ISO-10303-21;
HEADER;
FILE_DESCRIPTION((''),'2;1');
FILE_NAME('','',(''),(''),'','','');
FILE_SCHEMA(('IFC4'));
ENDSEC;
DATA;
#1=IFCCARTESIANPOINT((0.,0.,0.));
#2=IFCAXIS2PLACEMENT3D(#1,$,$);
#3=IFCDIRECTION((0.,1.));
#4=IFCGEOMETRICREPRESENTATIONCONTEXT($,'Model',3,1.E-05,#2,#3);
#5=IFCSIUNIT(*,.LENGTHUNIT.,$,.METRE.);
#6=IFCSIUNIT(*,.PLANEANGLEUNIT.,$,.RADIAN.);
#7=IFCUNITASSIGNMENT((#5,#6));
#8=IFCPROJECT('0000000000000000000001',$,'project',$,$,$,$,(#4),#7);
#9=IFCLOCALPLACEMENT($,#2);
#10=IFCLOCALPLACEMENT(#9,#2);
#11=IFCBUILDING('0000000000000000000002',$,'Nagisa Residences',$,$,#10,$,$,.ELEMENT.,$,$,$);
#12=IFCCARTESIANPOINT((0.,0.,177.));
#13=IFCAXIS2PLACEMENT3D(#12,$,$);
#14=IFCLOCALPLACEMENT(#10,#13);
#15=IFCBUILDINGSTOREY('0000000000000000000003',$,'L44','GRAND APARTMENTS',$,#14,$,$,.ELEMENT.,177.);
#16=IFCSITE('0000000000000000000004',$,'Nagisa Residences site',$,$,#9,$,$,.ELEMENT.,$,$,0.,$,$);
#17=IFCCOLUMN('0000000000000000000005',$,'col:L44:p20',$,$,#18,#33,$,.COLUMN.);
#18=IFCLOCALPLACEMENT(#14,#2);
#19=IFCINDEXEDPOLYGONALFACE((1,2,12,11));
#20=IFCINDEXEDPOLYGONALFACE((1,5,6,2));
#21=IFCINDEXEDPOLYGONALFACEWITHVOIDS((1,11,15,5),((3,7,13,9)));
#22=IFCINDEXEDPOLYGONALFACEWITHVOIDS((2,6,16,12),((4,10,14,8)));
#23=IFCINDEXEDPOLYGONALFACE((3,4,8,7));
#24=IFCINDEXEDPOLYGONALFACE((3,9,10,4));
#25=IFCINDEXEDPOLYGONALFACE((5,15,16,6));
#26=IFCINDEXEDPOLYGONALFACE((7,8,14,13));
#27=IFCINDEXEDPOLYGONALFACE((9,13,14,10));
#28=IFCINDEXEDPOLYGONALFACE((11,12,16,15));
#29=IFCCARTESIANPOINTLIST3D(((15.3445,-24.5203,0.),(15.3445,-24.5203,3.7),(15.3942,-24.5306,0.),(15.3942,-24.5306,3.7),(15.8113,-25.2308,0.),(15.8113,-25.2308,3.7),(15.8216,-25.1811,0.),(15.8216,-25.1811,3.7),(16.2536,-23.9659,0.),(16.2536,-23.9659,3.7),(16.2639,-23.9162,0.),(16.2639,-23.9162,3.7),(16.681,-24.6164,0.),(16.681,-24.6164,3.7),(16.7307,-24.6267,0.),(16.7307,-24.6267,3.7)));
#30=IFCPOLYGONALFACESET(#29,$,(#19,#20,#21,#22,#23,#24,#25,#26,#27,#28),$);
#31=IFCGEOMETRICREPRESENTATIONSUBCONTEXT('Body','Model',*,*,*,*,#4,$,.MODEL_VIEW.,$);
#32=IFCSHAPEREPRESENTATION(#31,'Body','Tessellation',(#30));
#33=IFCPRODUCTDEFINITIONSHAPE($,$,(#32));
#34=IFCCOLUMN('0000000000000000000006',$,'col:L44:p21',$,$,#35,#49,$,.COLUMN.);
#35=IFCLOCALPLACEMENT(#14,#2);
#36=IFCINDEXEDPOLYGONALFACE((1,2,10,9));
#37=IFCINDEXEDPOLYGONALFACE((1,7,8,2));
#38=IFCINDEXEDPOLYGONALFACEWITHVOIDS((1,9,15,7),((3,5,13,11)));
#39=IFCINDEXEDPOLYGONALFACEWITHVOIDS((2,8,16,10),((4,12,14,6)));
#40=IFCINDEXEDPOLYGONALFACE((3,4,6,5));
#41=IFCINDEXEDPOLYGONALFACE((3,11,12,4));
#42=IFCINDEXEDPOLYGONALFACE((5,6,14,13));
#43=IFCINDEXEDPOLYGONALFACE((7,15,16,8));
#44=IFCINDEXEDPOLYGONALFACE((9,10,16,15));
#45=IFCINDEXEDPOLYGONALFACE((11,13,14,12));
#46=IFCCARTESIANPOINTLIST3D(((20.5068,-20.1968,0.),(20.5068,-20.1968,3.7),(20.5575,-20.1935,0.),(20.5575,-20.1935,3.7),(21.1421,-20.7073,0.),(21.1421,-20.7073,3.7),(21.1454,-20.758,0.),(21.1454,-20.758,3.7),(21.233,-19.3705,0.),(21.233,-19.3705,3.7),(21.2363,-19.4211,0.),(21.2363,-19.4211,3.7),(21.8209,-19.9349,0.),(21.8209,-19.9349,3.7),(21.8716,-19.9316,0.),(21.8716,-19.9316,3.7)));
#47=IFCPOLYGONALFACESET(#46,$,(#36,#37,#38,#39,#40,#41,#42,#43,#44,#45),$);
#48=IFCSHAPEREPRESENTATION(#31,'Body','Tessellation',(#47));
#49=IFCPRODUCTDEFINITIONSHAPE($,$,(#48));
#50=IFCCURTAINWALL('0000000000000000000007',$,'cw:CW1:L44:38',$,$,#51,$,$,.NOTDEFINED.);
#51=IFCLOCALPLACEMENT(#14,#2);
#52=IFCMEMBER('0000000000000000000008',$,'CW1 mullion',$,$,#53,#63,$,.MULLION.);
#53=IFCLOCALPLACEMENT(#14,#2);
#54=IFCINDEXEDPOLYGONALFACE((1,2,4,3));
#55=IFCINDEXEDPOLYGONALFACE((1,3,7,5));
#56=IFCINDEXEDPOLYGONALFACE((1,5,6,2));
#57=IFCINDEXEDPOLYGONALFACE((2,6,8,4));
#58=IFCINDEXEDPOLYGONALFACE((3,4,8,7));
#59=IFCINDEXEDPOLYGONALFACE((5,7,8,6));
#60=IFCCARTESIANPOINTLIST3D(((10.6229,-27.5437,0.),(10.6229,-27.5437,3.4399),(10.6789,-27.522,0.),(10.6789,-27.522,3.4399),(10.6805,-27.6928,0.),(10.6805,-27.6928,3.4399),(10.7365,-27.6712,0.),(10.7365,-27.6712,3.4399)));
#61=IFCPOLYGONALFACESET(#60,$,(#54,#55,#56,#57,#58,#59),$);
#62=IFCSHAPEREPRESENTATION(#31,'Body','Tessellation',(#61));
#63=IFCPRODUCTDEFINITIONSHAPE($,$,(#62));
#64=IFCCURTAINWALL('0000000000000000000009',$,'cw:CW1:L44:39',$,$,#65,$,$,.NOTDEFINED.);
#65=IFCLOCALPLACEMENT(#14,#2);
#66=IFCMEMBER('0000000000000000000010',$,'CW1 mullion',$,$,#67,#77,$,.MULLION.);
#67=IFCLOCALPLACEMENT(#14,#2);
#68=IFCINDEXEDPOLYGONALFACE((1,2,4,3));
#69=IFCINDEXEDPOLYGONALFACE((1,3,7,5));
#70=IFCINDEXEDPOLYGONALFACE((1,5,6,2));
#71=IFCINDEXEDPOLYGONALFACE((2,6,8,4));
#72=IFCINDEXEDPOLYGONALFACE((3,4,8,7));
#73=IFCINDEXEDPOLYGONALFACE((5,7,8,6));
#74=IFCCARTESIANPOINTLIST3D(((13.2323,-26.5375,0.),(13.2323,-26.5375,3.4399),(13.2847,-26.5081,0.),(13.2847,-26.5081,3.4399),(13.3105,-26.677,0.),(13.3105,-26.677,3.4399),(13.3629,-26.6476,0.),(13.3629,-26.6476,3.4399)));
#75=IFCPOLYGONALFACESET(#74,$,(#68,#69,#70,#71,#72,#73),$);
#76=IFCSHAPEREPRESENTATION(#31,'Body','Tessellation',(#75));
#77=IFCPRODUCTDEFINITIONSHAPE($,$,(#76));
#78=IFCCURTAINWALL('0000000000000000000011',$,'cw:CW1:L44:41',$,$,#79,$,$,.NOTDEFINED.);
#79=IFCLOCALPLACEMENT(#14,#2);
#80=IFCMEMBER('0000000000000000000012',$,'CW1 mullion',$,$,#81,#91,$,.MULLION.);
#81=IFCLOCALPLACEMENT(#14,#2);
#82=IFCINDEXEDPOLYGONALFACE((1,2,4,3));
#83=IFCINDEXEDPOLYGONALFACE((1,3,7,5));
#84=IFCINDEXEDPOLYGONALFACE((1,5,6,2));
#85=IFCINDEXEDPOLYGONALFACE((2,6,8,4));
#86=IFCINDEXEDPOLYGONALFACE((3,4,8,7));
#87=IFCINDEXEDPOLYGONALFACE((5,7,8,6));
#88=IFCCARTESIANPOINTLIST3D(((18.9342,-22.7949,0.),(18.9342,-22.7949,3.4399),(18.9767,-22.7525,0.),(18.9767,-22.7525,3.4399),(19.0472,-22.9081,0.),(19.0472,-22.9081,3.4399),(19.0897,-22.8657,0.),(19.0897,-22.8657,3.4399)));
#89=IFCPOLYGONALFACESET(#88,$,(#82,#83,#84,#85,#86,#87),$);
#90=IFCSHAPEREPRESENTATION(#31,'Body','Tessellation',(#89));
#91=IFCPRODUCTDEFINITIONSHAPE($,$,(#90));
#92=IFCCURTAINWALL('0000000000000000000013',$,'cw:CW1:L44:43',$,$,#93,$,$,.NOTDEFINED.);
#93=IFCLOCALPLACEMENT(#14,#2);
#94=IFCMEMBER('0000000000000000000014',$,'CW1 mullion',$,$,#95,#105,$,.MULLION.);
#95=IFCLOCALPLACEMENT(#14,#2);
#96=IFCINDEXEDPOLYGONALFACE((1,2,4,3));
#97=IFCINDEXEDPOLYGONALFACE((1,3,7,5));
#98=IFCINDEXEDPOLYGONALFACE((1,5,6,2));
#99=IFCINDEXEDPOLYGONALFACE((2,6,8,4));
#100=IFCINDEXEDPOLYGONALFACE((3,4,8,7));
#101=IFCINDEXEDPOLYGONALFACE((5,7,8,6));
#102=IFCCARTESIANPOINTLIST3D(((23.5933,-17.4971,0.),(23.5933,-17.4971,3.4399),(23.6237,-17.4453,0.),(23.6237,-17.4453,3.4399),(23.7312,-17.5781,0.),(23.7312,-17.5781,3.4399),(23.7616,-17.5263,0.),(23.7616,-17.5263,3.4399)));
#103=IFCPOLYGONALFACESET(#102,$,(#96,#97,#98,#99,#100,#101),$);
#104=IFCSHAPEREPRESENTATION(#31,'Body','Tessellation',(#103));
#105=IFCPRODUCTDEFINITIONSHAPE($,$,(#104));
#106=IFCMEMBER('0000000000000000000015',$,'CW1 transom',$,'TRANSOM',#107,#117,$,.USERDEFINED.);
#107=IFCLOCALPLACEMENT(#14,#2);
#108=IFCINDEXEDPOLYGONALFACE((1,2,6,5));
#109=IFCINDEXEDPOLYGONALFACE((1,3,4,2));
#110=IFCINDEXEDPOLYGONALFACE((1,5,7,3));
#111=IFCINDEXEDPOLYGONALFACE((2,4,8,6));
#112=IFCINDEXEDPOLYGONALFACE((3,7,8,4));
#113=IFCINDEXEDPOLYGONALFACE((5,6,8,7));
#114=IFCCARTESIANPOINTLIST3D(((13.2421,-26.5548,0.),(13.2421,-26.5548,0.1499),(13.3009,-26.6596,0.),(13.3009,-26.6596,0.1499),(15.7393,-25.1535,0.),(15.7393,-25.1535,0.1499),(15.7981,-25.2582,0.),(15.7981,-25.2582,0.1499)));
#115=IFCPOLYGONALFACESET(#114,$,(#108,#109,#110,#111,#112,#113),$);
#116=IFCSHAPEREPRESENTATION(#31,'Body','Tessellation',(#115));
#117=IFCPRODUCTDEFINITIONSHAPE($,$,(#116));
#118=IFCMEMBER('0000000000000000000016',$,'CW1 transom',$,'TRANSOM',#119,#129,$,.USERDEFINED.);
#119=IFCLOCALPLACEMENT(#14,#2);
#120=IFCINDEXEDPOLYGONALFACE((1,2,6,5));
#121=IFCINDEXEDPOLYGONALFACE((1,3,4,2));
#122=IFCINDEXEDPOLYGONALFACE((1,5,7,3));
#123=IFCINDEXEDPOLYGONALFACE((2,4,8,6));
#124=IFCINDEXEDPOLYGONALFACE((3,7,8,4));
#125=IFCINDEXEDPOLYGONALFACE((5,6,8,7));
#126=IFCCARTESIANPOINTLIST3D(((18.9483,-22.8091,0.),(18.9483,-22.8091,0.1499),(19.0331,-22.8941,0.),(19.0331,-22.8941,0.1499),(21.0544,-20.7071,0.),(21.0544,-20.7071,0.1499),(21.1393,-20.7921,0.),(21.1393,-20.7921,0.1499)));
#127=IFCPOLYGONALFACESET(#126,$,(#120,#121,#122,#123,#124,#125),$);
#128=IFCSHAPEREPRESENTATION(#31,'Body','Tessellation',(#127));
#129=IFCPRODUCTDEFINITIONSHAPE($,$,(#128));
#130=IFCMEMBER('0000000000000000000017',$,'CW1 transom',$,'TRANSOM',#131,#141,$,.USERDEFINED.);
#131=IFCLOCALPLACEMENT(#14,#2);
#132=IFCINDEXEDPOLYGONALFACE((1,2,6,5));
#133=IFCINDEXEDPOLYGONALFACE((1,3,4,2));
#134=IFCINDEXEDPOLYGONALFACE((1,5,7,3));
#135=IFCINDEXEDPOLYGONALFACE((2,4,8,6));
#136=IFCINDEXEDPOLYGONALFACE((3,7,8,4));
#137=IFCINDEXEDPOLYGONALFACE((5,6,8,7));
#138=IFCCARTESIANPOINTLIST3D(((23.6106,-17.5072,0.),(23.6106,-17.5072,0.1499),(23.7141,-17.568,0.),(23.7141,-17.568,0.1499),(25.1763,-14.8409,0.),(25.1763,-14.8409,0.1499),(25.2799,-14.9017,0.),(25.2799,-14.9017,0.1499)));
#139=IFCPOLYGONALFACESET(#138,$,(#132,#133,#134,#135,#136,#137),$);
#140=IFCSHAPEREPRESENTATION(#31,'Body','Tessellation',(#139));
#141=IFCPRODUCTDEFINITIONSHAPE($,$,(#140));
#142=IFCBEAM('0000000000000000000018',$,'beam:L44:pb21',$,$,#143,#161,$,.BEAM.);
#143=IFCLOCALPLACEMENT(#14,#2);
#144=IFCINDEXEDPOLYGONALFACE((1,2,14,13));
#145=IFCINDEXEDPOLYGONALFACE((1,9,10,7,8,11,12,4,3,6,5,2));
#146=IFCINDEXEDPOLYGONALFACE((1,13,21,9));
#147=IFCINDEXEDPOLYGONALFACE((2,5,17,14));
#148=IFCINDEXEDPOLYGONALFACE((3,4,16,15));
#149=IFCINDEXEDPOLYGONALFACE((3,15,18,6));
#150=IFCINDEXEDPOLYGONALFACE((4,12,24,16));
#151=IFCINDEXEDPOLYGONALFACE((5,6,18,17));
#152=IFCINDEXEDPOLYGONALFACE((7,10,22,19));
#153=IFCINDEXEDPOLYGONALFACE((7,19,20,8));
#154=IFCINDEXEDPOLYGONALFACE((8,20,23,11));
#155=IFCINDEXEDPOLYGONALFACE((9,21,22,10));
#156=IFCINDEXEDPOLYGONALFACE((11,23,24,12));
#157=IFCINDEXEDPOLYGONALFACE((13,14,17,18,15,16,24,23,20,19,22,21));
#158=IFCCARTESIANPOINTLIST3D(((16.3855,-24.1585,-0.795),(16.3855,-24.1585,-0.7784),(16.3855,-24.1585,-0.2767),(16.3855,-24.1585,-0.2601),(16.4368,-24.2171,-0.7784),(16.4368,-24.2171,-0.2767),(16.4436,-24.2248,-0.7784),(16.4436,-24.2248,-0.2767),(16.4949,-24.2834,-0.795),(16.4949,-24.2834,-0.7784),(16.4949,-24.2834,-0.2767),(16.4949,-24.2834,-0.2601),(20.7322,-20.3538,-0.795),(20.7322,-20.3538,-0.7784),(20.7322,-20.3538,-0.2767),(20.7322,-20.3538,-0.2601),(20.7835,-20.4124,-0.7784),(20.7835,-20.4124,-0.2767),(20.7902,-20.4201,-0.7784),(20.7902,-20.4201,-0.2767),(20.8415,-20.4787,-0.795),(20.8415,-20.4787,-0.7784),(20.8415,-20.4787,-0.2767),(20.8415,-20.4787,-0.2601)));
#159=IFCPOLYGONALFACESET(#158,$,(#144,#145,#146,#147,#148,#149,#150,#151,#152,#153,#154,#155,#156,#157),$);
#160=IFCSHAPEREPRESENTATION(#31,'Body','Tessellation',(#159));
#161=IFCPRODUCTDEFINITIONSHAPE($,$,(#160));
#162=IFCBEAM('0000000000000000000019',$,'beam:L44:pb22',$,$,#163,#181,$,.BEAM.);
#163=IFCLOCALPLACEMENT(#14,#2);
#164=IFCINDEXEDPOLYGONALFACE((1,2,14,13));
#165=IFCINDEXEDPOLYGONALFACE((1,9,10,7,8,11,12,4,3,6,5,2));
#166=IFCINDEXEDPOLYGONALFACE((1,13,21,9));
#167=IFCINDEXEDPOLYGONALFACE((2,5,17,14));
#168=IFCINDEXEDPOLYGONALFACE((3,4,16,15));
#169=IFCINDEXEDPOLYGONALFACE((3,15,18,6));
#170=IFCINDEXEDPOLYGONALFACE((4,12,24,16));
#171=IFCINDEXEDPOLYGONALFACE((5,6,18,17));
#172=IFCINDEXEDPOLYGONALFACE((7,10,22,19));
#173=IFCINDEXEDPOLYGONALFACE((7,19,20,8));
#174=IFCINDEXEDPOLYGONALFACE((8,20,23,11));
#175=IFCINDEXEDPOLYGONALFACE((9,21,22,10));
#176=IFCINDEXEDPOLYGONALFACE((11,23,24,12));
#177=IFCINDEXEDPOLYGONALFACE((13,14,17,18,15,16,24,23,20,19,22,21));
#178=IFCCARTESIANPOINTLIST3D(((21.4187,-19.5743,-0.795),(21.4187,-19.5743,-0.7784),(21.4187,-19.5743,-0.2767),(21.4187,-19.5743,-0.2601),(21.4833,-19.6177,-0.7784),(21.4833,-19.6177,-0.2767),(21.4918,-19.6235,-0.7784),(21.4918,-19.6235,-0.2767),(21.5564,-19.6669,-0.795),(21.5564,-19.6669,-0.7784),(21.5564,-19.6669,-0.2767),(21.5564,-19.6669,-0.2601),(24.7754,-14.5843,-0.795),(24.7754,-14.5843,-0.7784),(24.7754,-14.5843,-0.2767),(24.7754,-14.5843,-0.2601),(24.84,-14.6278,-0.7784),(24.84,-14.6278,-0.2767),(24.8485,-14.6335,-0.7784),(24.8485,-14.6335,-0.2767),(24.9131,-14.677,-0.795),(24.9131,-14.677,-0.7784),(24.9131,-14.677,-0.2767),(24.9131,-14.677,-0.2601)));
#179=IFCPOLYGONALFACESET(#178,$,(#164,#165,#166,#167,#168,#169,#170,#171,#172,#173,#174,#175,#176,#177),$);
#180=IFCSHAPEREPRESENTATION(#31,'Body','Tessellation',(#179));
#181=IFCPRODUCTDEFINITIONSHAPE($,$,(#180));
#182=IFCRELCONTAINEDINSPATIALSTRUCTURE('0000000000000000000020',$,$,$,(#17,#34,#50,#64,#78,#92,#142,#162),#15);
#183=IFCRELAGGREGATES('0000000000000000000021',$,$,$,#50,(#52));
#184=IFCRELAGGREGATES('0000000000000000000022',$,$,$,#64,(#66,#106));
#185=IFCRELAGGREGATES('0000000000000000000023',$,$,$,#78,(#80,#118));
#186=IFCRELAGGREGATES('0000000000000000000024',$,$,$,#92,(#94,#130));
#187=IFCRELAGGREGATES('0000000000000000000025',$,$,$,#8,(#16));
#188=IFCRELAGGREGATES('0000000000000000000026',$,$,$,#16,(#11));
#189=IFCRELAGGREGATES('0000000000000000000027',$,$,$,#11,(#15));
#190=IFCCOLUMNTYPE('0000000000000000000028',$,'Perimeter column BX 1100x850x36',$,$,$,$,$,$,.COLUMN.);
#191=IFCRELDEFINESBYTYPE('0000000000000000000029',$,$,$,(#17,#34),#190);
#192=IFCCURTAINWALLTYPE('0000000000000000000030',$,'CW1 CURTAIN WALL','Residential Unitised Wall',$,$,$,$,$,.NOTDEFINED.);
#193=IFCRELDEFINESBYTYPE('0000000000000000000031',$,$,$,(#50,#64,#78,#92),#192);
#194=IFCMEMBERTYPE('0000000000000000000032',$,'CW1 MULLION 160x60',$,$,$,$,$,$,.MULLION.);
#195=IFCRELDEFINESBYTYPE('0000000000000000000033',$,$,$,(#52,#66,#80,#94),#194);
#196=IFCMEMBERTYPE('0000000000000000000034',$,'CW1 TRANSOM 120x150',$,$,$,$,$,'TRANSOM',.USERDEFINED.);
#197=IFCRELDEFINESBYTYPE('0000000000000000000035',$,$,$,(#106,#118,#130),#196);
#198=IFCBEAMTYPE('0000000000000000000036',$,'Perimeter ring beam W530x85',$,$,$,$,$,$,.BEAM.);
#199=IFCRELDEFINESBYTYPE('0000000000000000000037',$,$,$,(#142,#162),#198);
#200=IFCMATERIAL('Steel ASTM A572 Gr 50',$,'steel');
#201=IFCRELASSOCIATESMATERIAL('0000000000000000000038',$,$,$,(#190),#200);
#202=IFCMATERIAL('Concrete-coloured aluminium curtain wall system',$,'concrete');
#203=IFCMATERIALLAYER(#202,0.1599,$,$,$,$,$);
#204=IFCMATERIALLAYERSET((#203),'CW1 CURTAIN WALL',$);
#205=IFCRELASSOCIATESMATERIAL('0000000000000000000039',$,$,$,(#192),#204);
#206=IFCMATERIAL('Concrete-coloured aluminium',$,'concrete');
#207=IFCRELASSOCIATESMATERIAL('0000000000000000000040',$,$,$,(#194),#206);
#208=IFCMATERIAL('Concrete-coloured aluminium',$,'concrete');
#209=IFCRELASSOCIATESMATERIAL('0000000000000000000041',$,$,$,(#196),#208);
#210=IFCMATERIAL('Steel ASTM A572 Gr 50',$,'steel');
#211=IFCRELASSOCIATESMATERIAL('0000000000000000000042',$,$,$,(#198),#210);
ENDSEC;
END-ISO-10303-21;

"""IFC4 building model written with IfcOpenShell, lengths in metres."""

from ifc_helpers import new_model, si_unit, direction, frame, origin, origin_2d, place, context, subcontext, project, spatial, rectangle, hollow_rectangle, i_section, extrude, material, layer, layer_set, material_profile, profile_set, type_object, element, aggregate, save


model = new_model("IFC4")

# Units and contexts
model_context = context("Model", 3, precision=1e-05, world=origin(), true_north=direction((0.0, 1.0)))
body_context = subcontext(model_context, "Body", "Model", "MODEL_VIEW")
ifc_project = project(units=[si_unit("LENGTHUNIT", "METRE"), si_unit("PLANEANGLEUNIT", "RADIAN")], contexts=[model_context])

# Site, building, storey
site_placement = place(None, origin())
site = spatial("IfcSite", under=ifc_project, at=site_placement, Name="Nagisa Residences site", CompositionType="ELEMENT", RefElevation=0.0)
building_placement = place(site_placement, origin())
building = spatial("IfcBuilding", under=site, at=building_placement, Name="Nagisa Residences", CompositionType="ELEMENT")
storey_placement = place(building_placement, frame((0.0, 0.0, 177.0)))
storey = spatial("IfcBuildingStorey", under=building, at=storey_placement, Name="L44", Description="GRAND APARTMENTS", CompositionType="ELEMENT", Elevation=177.0)

# Columns
ifc_material_1 = material(Name="Steel ASTM A572 Gr 50", Category="steel")
ifc_material_profile_1 = material_profile(ifc_material_1, hollow_rectangle(XDim=1.1001, YDim=0.8501, WallThickness=0.0359, at=origin_2d()), Name="BX 1100x850x36")
ifc_profile_set_1 = profile_set([ifc_material_profile_1], Name="Steel ASTM A572 Gr 50")
column_type = type_object("IfcColumnType", Name="Perimeter column BX 1100x850x36", PredefinedType="COLUMN", material=ifc_profile_set_1)
for number, where, z_axis, x_axis, name in (
    (1, (16.0376, -24.5735, 0.0), (0.0, 0.0, 1.0), (0.835766, 0.549086, 0.0), "col:L44:p20"),
    (2, (21.1892, -20.0642, 0.0), (0.0, 0.0, 1.0), (0.660115, 0.751165, 0.0), "col:L44:p21"),
):
    element("IfcColumn", number, at=place(storey_placement, frame(where, z_axis=z_axis, x_axis=x_axis)), inside=storey, type_object=column_type, Name=name, PredefinedType="COLUMN", context=body_context, shape_type="SweptSolid", body=[
        extrude(hollow_rectangle(XDim=1.1001, YDim=0.8501, WallThickness=0.0359, at=origin_2d()), origin(), (0.0, 0.0, 1.0), 3.7),
    ])

# Curtain walls, members
ifc_material_2 = material(Name="Concrete-coloured aluminium curtain wall system", Category="concrete")
ifc_layer_1 = layer(ifc_material_2, 0.1599)
ifc_layer_set_1 = layer_set([ifc_layer_1], Name="CW1 CURTAIN WALL")
curtain_wall_type = type_object("IfcCurtainWallType", Name="CW1 CURTAIN WALL", Description="Residential Unitised Wall", PredefinedType="NOTDEFINED", material=ifc_layer_set_1)
curtain_wall_1_placement = place(storey_placement, origin())
curtain_wall_1 = element("IfcCurtainWall", 3, at=curtain_wall_1_placement, inside=storey, type_object=curtain_wall_type, Name="cw:CW1:L44:38", PredefinedType="NOTDEFINED")
ifc_material_3 = material(Name="Concrete-coloured aluminium", Category="concrete")
ifc_material_profile_2 = material_profile(ifc_material_3, rectangle(XDim=0.1599, YDim=0.0601, at=origin_2d()), Name="CW1 MULLION 160x60")
ifc_profile_set_2 = profile_set([ifc_material_profile_2], Name="Concrete-coloured aluminium")
member_type_1 = type_object("IfcMemberType", Name="CW1 MULLION 160x60", PredefinedType="MULLION", material=ifc_profile_set_2)
member_1_placement = place(storey_placement, frame((10.6797, -27.6074, 0.0), z_axis=(0.0, 0.0, 1.0), x_axis=(-0.360328, 0.932826, 0.0)))
member_1 = element("IfcMember", 4, at=member_1_placement, type_object=member_type_1, Name="CW1 mullion", PredefinedType="MULLION", context=body_context, shape_type="SweptSolid", body=[
    extrude(rectangle(XDim=0.1599, YDim=0.0601, at=origin_2d()), origin(), (0.0, 0.0, 1.0), 3.4399),
])
curtain_wall_2_placement = place(storey_placement, origin())
curtain_wall_2 = element("IfcCurtainWall", 5, at=curtain_wall_2_placement, inside=storey, type_object=curtain_wall_type, Name="cw:CW1:L44:39", PredefinedType="NOTDEFINED")
member_2_placement = place(storey_placement, frame((13.2976, -26.5925, 0.0), z_axis=(0.0, 0.0, 1.0), x_axis=(-0.489377, 0.872072, 0.0)))
member_2 = element("IfcMember", 6, at=member_2_placement, type_object=member_type_1, Name="CW1 mullion", PredefinedType="MULLION", context=body_context, shape_type="SweptSolid", body=[
    extrude(rectangle(XDim=0.1599, YDim=0.0601, at=origin_2d()), origin(), (0.0, 0.0, 1.0), 3.4399),
])
curtain_wall_3_placement = place(storey_placement, origin())
curtain_wall_3 = element("IfcCurtainWall", 7, at=curtain_wall_3_placement, inside=storey, type_object=curtain_wall_type, Name="cw:CW1:L44:41", PredefinedType="NOTDEFINED")
member_3_placement = place(storey_placement, frame((19.012, -22.8303, 0.0), z_axis=(0.0, 0.0, 1.0), x_axis=(-0.706377, 0.707836, 0.0)))
member_3 = element("IfcMember", 8, at=member_3_placement, type_object=member_type_1, Name="CW1 mullion", PredefinedType="MULLION", context=body_context, shape_type="SweptSolid", body=[
    extrude(rectangle(XDim=0.1599, YDim=0.0601, at=origin_2d()), origin(), (0.0, 0.0, 1.0), 3.4399),
])
curtain_wall_4_placement = place(storey_placement, origin())
curtain_wall_4 = element("IfcCurtainWall", 9, at=curtain_wall_4_placement, inside=storey, type_object=curtain_wall_type, Name="cw:CW1:L44:43", PredefinedType="NOTDEFINED")
member_4_placement = place(storey_placement, frame((23.6775, -17.5117, 0.0), z_axis=(0.0, 0.0, 1.0), x_axis=(-0.862329, 0.506349, 0.0)))
member_4 = element("IfcMember", 10, at=member_4_placement, type_object=member_type_1, Name="CW1 mullion", PredefinedType="MULLION", context=body_context, shape_type="SweptSolid", body=[
    extrude(rectangle(XDim=0.1599, YDim=0.0601, at=origin_2d()), origin(), (0.0, 0.0, 1.0), 3.4399),
])

# Members
ifc_material_4 = material(Name="Concrete-coloured aluminium", Category="concrete")
ifc_material_profile_3 = material_profile(ifc_material_4, rectangle(XDim=0.1201, YDim=0.1499, at=origin_2d()), Name="CW1 TRANSOM 120x150")
ifc_profile_set_3 = profile_set([ifc_material_profile_3], Name="Concrete-coloured aluminium")
member_type_2 = type_object("IfcMemberType", Name="CW1 TRANSOM 120x150", ElementType="TRANSOM", PredefinedType="USERDEFINED", material=ifc_profile_set_3)
member_5_placement = place(storey_placement, frame((13.2715, -26.6072, 0.075), z_axis=(0.872078, 0.489366, 0.0), x_axis=(-0.489366, 0.872078, 0.0)))
member_5 = element("IfcMember", 11, at=member_5_placement, type_object=member_type_2, Name="CW1 transom", ObjectType="TRANSOM", PredefinedType="USERDEFINED", context=body_context, shape_type="SweptSolid", body=[
    extrude(rectangle(XDim=0.1201, YDim=0.1499, at=origin_2d()), origin(), (0.0, 0.0, 1.0), 2.8635),
])
member_6_placement = place(storey_placement, frame((18.9907, -22.8516, 0.075), z_axis=(0.707804, 0.706409, 0.0), x_axis=(-0.706409, 0.707804, 0.0)))
member_6 = element("IfcMember", 12, at=member_6_placement, type_object=member_type_2, Name="CW1 transom", ObjectType="TRANSOM", PredefinedType="USERDEFINED", context=body_context, shape_type="SweptSolid", body=[
    extrude(rectangle(XDim=0.1201, YDim=0.1499, at=origin_2d()), origin(), (0.0, 0.0, 1.0), 2.9756),
])
member_7_placement = place(storey_placement, frame((23.6624, -17.5376, 0.075), z_axis=(0.506368, 0.862318, 0.0), x_axis=(-0.862318, 0.506368, 0.0)))
member_7 = element("IfcMember", 13, at=member_7_placement, type_object=member_type_2, Name="CW1 transom", ObjectType="TRANSOM", PredefinedType="USERDEFINED", context=body_context, shape_type="SweptSolid", body=[
    extrude(rectangle(XDim=0.1201, YDim=0.1499, at=origin_2d()), origin(), (0.0, 0.0, 1.0), 3.092),
])

# Beams
ifc_material_5 = material(Name="Steel ASTM A572 Gr 50", Category="steel")
ifc_material_profile_4 = material_profile(ifc_material_5, i_section(OverallWidth=0.166, OverallDepth=0.5349, WebThickness=0.0103, FlangeThickness=0.0166, at=origin_2d()), Name="W530x85")
ifc_profile_set_4 = profile_set([ifc_material_profile_4], Name="Steel ASTM A572 Gr 50")
beam_type_1 = type_object("IfcBeamType", Name="Perimeter ring beam W530x85", PredefinedType="BEAM", material=ifc_profile_set_4)
beam_1_placement = place(storey_placement, frame((16.4402, -24.2209, -0.5276), z_axis=(0.752461, 0.658636, 0.0), x_axis=(-0.658636, 0.752461, 0.0)))
element("IfcBeam", 14, at=beam_1_placement, inside=storey, type_object=beam_type_1, Name="beam:L44:pb21", PredefinedType="BEAM", context=body_context, shape_type="SweptSolid", body=[
    extrude(i_section(OverallWidth=0.166, OverallDepth=0.5349, WebThickness=0.0103, FlangeThickness=0.0166, at=origin_2d()), origin(), (0.0, 0.0, 1.0), 5.7766),
])
beam_2_placement = place(storey_placement, frame((21.4875, -19.6206, -0.5276), z_axis=(0.558152, 0.829739, 0.0), x_axis=(-0.829739, 0.558152, 0.0)))
element("IfcBeam", 15, at=beam_2_placement, inside=storey, type_object=beam_type_1, Name="beam:L44:pb22", PredefinedType="BEAM", context=body_context, shape_type="SweptSolid", body=[
    extrude(i_section(OverallWidth=0.166, OverallDepth=0.5349, WebThickness=0.0103, FlangeThickness=0.0166, at=origin_2d()), origin(), (0.0, 0.0, 1.0), 6.0139),
])

aggregate(curtain_wall_1, [member_1])
aggregate(curtain_wall_2, [member_2, member_5])
aggregate(curtain_wall_3, [member_3, member_6])
aggregate(curtain_wall_4, [member_4, member_7])

save(model, "model.ifc")
